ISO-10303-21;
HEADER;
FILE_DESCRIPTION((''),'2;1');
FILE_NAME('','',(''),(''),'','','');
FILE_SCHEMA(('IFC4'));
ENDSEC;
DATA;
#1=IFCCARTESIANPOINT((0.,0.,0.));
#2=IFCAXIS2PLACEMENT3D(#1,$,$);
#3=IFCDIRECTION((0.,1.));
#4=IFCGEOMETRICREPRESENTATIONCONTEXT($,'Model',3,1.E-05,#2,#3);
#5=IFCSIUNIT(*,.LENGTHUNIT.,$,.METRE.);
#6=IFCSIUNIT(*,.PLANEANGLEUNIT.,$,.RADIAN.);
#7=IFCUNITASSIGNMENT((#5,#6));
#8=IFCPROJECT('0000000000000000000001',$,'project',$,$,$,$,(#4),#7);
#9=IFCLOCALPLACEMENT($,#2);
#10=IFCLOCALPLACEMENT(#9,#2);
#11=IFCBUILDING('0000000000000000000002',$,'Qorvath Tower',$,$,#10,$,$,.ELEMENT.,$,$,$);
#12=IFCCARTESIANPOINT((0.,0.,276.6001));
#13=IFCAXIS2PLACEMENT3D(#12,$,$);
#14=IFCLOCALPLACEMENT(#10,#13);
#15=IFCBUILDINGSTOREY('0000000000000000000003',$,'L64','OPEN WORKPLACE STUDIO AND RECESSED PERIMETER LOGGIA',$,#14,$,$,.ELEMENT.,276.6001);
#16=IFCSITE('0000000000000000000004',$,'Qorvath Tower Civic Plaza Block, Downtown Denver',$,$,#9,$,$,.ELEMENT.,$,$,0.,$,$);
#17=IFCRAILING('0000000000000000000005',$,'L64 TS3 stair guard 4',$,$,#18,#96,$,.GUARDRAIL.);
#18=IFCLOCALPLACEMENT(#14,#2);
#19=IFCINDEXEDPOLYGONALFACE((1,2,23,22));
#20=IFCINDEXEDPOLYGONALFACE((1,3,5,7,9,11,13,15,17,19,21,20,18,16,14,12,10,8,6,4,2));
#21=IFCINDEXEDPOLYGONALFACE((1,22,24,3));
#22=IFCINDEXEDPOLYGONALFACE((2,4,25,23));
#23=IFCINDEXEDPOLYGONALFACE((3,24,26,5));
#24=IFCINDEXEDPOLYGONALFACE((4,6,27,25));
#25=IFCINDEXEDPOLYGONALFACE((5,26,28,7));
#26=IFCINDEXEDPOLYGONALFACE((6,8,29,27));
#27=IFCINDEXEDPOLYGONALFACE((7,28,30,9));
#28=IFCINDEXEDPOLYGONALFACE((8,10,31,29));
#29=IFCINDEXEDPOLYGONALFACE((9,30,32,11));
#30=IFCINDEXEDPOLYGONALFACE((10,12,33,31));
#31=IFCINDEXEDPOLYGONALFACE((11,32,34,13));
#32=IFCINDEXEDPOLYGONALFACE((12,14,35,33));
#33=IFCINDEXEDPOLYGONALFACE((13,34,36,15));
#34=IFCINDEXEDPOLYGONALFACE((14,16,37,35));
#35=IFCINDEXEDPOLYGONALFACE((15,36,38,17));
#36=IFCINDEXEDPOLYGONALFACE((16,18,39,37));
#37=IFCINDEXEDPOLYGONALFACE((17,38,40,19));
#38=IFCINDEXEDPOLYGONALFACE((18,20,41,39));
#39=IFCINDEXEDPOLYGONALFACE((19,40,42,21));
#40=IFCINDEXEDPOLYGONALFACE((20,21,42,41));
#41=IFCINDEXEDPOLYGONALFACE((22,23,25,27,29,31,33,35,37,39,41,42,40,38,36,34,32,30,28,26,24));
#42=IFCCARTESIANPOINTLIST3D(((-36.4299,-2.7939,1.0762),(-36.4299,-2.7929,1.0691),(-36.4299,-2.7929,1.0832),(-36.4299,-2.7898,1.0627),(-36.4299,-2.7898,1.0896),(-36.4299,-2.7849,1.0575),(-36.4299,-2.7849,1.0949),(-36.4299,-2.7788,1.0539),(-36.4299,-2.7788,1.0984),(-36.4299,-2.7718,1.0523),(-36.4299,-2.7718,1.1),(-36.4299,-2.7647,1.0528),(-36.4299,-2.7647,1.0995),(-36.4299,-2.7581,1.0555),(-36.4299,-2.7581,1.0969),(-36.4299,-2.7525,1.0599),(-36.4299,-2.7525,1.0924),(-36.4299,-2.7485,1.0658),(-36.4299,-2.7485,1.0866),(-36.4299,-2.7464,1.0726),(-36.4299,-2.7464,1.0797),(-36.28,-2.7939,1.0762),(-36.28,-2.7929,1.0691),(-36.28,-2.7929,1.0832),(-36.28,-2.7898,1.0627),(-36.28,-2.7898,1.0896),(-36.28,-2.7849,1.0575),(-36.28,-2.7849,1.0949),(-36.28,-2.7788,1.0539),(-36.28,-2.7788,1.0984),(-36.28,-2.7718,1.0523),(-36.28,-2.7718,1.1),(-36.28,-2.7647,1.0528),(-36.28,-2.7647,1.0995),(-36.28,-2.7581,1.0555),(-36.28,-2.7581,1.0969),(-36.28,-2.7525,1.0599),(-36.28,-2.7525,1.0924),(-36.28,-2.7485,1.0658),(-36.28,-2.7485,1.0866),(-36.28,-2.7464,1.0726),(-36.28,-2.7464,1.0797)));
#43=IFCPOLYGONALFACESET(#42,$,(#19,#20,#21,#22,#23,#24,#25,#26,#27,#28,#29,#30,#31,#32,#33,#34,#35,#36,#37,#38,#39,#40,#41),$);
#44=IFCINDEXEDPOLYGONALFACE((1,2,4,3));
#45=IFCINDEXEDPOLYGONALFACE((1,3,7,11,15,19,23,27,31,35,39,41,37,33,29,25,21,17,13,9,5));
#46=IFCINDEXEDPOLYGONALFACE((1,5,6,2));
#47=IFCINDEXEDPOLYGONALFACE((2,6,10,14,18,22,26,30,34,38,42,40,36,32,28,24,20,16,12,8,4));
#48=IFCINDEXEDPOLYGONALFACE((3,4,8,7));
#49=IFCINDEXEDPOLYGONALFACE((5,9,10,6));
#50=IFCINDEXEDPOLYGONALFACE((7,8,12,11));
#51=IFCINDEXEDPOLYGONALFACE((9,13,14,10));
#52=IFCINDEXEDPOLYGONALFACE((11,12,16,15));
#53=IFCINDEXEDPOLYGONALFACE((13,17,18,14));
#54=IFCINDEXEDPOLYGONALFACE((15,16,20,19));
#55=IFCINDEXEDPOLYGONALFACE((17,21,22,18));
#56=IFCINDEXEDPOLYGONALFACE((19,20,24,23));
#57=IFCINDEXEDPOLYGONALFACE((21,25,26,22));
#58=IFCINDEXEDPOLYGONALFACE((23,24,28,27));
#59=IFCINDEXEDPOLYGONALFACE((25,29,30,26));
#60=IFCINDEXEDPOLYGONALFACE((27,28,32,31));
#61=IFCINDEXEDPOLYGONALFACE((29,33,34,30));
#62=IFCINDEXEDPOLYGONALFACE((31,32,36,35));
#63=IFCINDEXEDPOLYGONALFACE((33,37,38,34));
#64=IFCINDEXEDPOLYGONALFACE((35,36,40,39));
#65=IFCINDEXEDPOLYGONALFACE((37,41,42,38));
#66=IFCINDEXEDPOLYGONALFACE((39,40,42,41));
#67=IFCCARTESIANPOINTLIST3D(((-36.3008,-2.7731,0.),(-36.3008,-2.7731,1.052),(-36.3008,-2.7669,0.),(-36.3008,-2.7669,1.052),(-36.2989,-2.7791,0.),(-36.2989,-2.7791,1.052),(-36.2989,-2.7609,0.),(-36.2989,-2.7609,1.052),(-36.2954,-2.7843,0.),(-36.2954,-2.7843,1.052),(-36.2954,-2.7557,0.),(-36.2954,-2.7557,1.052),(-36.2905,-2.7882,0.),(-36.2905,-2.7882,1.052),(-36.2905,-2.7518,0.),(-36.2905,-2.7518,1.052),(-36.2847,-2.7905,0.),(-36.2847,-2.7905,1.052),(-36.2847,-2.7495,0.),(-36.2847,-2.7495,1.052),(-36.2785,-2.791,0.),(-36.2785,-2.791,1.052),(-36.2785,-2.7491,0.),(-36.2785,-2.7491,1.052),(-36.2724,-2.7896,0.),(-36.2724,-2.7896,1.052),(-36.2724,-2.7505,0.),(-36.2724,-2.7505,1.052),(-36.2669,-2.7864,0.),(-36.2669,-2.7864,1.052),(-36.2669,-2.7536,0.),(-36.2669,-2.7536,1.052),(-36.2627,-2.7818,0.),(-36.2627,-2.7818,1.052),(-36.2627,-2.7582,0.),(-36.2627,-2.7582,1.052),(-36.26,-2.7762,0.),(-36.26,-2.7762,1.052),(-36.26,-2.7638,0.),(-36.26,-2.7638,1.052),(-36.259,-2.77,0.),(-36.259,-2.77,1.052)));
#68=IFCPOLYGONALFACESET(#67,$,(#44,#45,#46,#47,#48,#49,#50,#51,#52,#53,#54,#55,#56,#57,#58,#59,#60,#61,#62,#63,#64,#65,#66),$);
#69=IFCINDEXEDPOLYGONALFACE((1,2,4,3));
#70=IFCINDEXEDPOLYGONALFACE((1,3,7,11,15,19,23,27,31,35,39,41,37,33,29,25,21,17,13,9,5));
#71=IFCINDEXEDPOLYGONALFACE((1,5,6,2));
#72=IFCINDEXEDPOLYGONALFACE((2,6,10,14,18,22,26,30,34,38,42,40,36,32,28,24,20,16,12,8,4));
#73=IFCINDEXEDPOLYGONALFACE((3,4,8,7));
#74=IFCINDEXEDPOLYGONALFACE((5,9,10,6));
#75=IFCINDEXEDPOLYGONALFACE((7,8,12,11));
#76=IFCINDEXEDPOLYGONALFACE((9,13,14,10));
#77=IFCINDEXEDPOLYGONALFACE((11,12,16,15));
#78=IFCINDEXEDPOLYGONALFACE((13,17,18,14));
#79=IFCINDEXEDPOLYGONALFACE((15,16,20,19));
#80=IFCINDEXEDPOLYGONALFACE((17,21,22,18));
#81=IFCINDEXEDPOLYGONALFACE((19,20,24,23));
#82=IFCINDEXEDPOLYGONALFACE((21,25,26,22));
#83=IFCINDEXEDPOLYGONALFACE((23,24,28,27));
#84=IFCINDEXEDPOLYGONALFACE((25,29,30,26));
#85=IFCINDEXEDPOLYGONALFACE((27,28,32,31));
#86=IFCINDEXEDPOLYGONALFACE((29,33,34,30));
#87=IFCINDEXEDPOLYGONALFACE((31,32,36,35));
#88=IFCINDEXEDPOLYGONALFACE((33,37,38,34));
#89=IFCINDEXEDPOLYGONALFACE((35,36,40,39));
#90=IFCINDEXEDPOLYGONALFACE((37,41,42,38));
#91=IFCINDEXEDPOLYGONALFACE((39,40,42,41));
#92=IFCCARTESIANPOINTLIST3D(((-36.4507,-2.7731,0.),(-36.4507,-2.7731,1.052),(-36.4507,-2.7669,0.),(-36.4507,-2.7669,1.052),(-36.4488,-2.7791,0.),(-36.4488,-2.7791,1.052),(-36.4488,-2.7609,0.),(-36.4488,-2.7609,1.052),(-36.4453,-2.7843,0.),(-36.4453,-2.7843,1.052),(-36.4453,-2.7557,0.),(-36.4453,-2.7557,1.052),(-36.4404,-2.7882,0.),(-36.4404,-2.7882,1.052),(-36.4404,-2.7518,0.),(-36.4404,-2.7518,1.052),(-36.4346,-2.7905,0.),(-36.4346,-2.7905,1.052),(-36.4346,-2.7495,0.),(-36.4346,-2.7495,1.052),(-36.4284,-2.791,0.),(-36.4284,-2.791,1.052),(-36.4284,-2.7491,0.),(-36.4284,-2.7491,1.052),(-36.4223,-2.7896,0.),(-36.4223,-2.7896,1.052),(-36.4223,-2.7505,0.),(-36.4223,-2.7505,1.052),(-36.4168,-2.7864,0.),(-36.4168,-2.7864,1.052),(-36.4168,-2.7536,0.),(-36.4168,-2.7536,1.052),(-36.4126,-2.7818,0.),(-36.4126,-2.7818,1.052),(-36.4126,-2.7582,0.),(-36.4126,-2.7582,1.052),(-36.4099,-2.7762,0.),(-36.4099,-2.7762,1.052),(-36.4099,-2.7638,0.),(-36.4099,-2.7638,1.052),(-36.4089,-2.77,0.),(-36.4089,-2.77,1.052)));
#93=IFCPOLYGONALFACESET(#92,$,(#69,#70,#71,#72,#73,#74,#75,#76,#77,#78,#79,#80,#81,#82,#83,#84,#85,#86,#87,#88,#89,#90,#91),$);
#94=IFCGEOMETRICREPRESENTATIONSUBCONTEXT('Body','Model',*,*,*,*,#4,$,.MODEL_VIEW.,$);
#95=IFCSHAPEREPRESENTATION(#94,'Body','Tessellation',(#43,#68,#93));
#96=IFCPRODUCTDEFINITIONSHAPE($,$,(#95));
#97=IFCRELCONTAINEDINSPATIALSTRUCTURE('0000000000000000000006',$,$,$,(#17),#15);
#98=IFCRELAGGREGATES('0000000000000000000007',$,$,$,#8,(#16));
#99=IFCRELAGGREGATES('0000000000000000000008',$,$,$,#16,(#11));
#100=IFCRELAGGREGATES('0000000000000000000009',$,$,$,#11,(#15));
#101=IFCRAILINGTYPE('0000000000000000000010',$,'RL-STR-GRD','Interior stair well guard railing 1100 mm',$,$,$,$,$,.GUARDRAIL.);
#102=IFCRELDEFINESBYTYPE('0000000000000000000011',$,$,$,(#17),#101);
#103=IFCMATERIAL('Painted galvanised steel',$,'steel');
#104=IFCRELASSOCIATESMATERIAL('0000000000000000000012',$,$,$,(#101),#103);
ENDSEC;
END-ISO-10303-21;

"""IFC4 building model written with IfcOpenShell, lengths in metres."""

from ifc_helpers import new_model, si_unit, direction, frame, origin, origin_2d, place, context, subcontext, project, spatial, circle, extrude, material, type_object, element, save


model = new_model("IFC4")

# Units and contexts
model_context = context("Model", 3, precision=1e-05, world=origin(), true_north=direction((0.0, 1.0)))
body_context = subcontext(model_context, "Body", "Model", "MODEL_VIEW")
ifc_project = project(units=[si_unit("LENGTHUNIT", "METRE"), si_unit("PLANEANGLEUNIT", "RADIAN")], contexts=[model_context])

# Site, building, storey
site_placement = place(None, origin())
site = spatial("IfcSite", under=ifc_project, at=site_placement, Name="Qorvath Tower Civic Plaza Block, Downtown Denver", CompositionType="ELEMENT", RefElevation=0.0)
building_placement = place(site_placement, origin())
building = spatial("IfcBuilding", under=site, at=building_placement, Name="Qorvath Tower", CompositionType="ELEMENT")
storey_placement = place(building_placement, frame((0.0, 0.0, 276.6001)))
storey = spatial("IfcBuildingStorey", under=building, at=storey_placement, Name="L64", Description="OPEN WORKPLACE STUDIO AND RECESSED PERIMETER LOGGIA", CompositionType="ELEMENT", Elevation=276.6001)

# Railing
ifc_material_1 = material(Name="Painted galvanised steel", Category="steel")
railing_type_1 = type_object("IfcRailingType", Name="RL-STR-GRD", Description="Interior stair well guard railing 1100 mm", PredefinedType="GUARDRAIL", material=ifc_material_1)
railing_1_placement = place(storey_placement, frame((-36.28, -2.77, 0.0)))
element("IfcRailing", 1, at=railing_1_placement, inside=storey, type_object=railing_type_1, Name="L64 TS3 stair guard 4", PredefinedType="GUARDRAIL", context=body_context, shape_type="SweptSolid", body=[
    extrude(circle(Radius=0.0239, at=origin_2d()), frame((0.0, 0.0, 1.0762), z_axis=(-1.0, 0.0, 0.0), x_axis=(0.0, -1.0, 0.0)), (0.0, 0.0, 1.0), 0.1499),
    extrude(circle(Radius=0.021, at=origin_2d()), origin(), (0.0, 0.0, 1.0), 1.052),
    extrude(circle(Radius=0.021, at=origin_2d()), frame((-0.1499, 0.0, 0.0)), (0.0, 0.0, 1.0), 1.052),
])

save(model, "model.ifc")
